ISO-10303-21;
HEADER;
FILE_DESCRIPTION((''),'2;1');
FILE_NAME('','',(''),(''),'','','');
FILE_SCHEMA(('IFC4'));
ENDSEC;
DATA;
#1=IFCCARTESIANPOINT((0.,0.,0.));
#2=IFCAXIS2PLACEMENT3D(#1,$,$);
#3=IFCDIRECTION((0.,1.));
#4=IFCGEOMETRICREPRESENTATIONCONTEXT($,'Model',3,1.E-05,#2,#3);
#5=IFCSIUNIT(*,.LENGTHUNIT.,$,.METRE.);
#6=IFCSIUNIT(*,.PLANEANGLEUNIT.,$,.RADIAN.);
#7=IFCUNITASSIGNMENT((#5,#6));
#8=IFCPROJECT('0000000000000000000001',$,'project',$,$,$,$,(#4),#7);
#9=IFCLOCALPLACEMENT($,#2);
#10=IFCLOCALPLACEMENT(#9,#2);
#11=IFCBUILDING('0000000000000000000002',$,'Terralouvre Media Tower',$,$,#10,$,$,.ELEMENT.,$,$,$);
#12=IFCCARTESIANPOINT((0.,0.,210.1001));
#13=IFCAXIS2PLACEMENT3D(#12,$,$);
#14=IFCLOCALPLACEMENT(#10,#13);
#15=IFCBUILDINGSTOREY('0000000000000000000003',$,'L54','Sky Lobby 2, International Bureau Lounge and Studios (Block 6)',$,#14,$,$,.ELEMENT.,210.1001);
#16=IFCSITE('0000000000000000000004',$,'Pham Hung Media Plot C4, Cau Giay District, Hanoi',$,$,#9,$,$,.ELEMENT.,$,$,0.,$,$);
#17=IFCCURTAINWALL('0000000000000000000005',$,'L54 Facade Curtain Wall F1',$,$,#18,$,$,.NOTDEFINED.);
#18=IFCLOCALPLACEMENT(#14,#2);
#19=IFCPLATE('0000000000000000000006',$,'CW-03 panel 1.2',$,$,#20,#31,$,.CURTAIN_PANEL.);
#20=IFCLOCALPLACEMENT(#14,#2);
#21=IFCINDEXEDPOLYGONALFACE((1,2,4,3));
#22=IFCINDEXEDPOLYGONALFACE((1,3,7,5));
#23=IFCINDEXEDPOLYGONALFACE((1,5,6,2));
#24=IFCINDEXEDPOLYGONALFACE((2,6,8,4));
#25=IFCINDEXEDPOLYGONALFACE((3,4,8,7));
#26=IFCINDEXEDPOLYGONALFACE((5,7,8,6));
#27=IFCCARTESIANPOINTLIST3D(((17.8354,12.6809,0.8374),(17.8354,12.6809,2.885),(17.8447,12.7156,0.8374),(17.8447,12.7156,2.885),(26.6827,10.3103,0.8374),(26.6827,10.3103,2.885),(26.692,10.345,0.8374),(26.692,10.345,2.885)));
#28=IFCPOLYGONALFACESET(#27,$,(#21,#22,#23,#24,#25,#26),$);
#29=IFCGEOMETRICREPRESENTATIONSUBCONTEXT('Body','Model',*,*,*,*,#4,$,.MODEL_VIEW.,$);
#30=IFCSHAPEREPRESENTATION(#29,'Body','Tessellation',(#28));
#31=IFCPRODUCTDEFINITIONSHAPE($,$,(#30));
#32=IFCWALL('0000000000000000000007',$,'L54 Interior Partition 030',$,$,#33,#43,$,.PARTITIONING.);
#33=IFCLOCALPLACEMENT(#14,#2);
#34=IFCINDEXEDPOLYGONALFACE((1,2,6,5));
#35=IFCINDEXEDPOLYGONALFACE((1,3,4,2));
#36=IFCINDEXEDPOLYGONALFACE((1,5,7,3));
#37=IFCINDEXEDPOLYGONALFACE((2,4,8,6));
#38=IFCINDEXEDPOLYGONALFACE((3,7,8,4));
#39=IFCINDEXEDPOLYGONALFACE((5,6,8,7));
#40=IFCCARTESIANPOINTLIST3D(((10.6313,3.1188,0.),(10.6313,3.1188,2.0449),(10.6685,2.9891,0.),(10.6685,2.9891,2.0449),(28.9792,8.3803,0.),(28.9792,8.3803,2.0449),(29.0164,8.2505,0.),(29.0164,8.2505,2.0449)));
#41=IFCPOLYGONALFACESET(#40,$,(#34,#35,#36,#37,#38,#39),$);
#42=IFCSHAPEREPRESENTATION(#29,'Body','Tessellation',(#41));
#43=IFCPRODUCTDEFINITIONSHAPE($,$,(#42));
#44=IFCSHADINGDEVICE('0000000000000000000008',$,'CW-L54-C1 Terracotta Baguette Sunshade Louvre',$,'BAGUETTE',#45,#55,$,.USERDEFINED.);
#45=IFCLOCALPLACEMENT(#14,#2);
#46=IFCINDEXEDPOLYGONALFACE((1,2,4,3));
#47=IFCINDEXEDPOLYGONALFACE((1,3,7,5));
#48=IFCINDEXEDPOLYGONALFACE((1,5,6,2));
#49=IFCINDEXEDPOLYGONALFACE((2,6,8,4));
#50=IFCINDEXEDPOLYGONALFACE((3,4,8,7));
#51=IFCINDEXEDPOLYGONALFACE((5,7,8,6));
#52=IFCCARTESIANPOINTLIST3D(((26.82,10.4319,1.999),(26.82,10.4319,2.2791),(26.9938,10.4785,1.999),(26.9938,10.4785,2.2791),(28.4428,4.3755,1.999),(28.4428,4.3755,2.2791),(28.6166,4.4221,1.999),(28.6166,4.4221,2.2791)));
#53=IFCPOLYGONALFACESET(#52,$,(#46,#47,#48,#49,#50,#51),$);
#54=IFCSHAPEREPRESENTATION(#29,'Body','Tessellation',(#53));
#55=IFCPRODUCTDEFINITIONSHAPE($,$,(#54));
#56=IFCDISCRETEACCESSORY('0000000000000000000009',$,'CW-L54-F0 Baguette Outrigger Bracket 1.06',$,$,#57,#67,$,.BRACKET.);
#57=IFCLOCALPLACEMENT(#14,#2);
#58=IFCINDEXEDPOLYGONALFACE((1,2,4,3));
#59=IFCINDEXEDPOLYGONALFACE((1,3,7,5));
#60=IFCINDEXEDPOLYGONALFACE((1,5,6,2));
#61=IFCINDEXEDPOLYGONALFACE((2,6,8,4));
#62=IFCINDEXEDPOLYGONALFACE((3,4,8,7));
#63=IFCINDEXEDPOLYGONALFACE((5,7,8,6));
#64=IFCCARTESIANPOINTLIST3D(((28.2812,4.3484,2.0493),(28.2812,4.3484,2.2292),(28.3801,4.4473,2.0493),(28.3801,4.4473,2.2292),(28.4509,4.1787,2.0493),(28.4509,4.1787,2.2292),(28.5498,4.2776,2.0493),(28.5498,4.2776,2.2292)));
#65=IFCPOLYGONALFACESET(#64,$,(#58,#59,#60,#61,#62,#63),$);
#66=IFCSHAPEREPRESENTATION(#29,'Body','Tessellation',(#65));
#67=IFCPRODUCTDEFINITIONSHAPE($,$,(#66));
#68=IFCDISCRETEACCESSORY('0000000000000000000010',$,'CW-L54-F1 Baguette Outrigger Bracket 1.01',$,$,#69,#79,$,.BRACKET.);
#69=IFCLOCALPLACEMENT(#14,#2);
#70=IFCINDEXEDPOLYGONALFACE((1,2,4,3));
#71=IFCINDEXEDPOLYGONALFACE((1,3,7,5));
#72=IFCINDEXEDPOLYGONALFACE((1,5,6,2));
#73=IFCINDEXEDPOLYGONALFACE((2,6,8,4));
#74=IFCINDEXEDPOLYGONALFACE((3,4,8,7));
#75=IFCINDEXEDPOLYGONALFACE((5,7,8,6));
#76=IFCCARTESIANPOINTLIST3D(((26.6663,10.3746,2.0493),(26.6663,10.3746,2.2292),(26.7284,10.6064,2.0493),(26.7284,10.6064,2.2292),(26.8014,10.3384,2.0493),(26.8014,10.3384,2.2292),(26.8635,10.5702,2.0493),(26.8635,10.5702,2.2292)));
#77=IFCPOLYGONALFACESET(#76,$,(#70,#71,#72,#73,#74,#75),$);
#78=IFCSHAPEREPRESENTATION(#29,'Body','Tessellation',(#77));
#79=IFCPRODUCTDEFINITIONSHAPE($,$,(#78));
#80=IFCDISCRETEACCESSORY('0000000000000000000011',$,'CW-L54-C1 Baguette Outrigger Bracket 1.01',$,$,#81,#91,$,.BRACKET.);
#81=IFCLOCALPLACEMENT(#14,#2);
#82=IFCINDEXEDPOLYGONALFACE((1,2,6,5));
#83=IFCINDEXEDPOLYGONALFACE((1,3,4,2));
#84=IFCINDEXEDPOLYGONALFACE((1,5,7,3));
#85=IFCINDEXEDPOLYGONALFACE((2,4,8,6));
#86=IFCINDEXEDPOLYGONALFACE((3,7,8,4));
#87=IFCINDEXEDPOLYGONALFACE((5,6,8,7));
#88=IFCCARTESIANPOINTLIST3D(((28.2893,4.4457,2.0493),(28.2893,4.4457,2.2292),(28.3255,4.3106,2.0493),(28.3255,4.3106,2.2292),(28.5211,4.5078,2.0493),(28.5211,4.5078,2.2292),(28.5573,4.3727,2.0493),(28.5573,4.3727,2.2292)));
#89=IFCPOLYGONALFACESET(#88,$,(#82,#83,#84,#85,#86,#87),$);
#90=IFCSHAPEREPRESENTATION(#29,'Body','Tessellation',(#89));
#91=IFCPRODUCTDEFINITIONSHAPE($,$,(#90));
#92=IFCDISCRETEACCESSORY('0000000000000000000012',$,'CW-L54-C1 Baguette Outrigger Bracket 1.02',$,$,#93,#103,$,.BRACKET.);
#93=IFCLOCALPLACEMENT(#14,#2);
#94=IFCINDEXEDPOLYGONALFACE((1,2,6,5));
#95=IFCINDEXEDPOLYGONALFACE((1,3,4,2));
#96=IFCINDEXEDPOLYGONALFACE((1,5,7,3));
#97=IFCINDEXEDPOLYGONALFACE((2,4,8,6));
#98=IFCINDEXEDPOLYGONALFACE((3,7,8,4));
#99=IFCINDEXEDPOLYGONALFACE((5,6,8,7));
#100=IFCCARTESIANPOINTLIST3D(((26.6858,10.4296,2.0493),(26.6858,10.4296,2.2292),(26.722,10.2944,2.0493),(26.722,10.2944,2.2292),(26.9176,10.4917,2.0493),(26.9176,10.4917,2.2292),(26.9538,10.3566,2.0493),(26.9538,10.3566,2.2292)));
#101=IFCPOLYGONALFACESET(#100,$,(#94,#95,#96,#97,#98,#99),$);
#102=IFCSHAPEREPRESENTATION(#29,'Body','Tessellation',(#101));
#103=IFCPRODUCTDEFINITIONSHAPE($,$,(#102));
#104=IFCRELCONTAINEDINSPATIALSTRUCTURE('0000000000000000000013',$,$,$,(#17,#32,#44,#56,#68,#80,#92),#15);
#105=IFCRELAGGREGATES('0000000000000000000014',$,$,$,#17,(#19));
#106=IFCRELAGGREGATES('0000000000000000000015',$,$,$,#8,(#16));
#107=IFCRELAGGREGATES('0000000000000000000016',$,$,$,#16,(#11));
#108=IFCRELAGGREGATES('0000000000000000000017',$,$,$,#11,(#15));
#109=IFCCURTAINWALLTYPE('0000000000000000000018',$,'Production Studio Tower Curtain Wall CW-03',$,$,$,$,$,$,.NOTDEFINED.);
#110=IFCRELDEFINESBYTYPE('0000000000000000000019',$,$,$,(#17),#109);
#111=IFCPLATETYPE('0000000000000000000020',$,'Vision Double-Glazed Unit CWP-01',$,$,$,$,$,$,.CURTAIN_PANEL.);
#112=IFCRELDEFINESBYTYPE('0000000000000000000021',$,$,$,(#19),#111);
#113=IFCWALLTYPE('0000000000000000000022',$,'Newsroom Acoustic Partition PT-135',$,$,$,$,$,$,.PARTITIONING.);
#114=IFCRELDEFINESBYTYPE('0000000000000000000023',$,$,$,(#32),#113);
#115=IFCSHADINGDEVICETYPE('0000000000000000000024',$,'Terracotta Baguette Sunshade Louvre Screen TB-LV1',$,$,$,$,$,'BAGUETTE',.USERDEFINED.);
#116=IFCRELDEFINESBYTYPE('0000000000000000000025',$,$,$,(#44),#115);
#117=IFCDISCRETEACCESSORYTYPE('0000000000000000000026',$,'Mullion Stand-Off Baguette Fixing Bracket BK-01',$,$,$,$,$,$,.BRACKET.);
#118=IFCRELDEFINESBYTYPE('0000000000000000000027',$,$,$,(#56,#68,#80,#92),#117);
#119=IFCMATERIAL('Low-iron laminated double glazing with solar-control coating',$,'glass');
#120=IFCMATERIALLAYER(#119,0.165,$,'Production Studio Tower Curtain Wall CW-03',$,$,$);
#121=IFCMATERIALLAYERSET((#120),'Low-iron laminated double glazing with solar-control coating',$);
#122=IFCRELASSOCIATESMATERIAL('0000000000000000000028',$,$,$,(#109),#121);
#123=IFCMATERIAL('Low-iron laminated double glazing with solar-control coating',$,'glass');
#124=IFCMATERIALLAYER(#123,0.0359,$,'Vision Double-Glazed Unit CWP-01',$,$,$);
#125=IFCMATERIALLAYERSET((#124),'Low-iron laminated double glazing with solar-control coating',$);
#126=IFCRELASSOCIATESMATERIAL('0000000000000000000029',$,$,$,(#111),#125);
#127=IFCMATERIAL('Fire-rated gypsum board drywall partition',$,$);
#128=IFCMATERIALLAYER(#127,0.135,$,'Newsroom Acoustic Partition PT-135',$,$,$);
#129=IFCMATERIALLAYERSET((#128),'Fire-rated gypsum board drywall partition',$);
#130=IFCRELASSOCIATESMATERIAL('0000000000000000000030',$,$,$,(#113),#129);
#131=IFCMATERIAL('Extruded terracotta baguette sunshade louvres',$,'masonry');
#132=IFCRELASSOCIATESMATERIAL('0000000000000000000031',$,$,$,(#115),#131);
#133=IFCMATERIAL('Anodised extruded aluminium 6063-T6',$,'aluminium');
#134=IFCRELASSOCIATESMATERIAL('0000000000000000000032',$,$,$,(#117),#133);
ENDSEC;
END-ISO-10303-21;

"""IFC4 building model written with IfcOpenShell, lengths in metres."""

from ifc_helpers import new_model, si_unit, direction, frame, frame_2d, origin, origin_2d, place, context, subcontext, project, spatial, rectangle, extrude, material, layer, layer_set, type_object, element, aggregate, save


model = new_model("IFC4")

# Units and contexts
model_context = context("Model", 3, precision=1e-05, world=origin(), true_north=direction((0.0, 1.0)))
body_context = subcontext(model_context, "Body", "Model", "MODEL_VIEW")
ifc_project = project(units=[si_unit("LENGTHUNIT", "METRE"), si_unit("PLANEANGLEUNIT", "RADIAN")], contexts=[model_context])

# Site, building, storey
site_placement = place(None, origin())
site = spatial("IfcSite", under=ifc_project, at=site_placement, Name="Pham Hung Media Plot C4, Cau Giay District, Hanoi", CompositionType="ELEMENT", RefElevation=0.0)
building_placement = place(site_placement, origin())
building = spatial("IfcBuilding", under=site, at=building_placement, Name="Terralouvre Media Tower", CompositionType="ELEMENT")
storey_placement = place(building_placement, frame((0.0, 0.0, 210.1001)))
storey = spatial("IfcBuildingStorey", under=building, at=storey_placement, Name="L54", Description="Sky Lobby 2, International Bureau Lounge and Studios (Block 6)", CompositionType="ELEMENT", Elevation=210.1001)

# Curtain wall
ifc_material_1 = material(Name="Low-iron laminated double glazing with solar-control coating", Category="glass")
ifc_layer_1 = layer(ifc_material_1, 0.165, Name="Production Studio Tower Curtain Wall CW-03")
ifc_layer_set_1 = layer_set([ifc_layer_1], Name="Low-iron laminated double glazing with solar-control coating")
curtain_wall_type_1 = type_object("IfcCurtainWallType", Name="Production Studio Tower Curtain Wall CW-03", PredefinedType="NOTDEFINED", material=ifc_layer_set_1)
curtain_wall_1_placement = place(storey_placement, origin())
curtain_wall_1 = element("IfcCurtainWall", 1, at=curtain_wall_1_placement, inside=storey, type_object=curtain_wall_type_1, Name="L54 Facade Curtain Wall F1", PredefinedType="NOTDEFINED")

# Plate
ifc_material_2 = material(Name="Low-iron laminated double glazing with solar-control coating", Category="glass")
ifc_layer_2 = layer(ifc_material_2, 0.0359, Name="Vision Double-Glazed Unit CWP-01")
ifc_layer_set_2 = layer_set([ifc_layer_2], Name="Low-iron laminated double glazing with solar-control coating")
plate_type_1 = type_object("IfcPlateType", Name="Vision Double-Glazed Unit CWP-01", PredefinedType="CURTAIN_PANEL", material=ifc_layer_set_2)
plate_1_placement = place(storey_placement, frame((22.2637, 11.5129, 0.8374), z_axis=(0.0, 0.0, 1.0), x_axis=(-0.965926, 0.258819, 0.0)))
plate_1 = element("IfcPlate", 2, at=plate_1_placement, type_object=plate_type_1, Name="CW-03 panel 1.2", PredefinedType="CURTAIN_PANEL", context=body_context, shape_type="SweptSolid", body=[
    extrude(rectangle(XDim=9.1594, YDim=0.0359, at=origin_2d()), origin(), (0.0, 0.0, 1.0), 2.0476),
])
aggregate(curtain_wall_1, [plate_1])

# Wall
ifc_material_3 = material(Name="Fire-rated gypsum board drywall partition")
ifc_layer_3 = layer(ifc_material_3, 0.135, Name="Newsroom Acoustic Partition PT-135")
ifc_layer_set_3 = layer_set([ifc_layer_3], Name="Fire-rated gypsum board drywall partition")
wall_type = type_object("IfcWallType", Name="Newsroom Acoustic Partition PT-135", PredefinedType="PARTITIONING", material=ifc_layer_set_3)
wall_placement = place(storey_placement, frame((28.9978, 8.3154, 0.0), z_axis=(0.0, 0.0, 1.0), x_axis=(-0.961258, -0.275652, 0.0)))
element("IfcWall", 3, at=wall_placement, inside=storey, type_object=wall_type, Name="L54 Interior Partition 030", PredefinedType="PARTITIONING", context=body_context, shape_type="SweptSolid", body=[
    extrude(rectangle(XDim=19.0874, YDim=0.135, at=frame_2d((9.5437, 0.0))), origin(), (0.0, 0.0, 1.0), 2.0449),
])

# Shading device
ifc_material_4 = material(Name="Extruded terracotta baguette sunshade louvres", Category="masonry")
shading_device_type = type_object("IfcShadingDeviceType", Name="Terracotta Baguette Sunshade Louvre Screen TB-LV1", ElementType="BAGUETTE", PredefinedType="USERDEFINED", material=ifc_material_4)
shading_device_placement = place(storey_placement, frame((27.7183, 7.427, 1.999), z_axis=(0.0, 0.0, 1.0), x_axis=(-0.258819, 0.965926, 0.0)))
element("IfcShadingDevice", 4, at=shading_device_placement, inside=storey, type_object=shading_device_type, Name="CW-L54-C1 Terracotta Baguette Sunshade Louvre", ObjectType="BAGUETTE", PredefinedType="USERDEFINED", context=body_context, shape_type="SweptSolid", body=[
    extrude(rectangle(XDim=6.27, YDim=0.1799, at=origin_2d()), origin(), (0.0, 0.0, 1.0), 0.28),
])

# Discrete accessories
ifc_material_5 = material(Name="Anodised extruded aluminium 6063-T6", Category="aluminium")
discrete_accessory_type = type_object("IfcDiscreteAccessoryType", Name="Mullion Stand-Off Baguette Fixing Bracket BK-01", PredefinedType="BRACKET", material=ifc_material_5)
for number, where, z_axis, x_axis, name in (
    (5, (28.4155, 4.313, 2.0493), (0.0, 0.0, 1.0), (0.707107, 0.707107, 0.0), "CW-L54-F0 Baguette Outrigger Bracket 1.06"),
    (6, (26.7649, 10.4724, 2.0493), (0.0, 0.0, 1.0), (-0.965926, 0.258819, 0.0), "CW-L54-F1 Baguette Outrigger Bracket 1.01"),
    (7, (28.4233, 4.4092, 2.0493), (0.0, 0.0, 1.0), (-0.258819, 0.965926, 0.0), "CW-L54-C1 Baguette Outrigger Bracket 1.01"),
    (8, (26.8198, 10.3931, 2.0493), (0.0, 0.0, 1.0), (-0.258819, 0.965926, 0.0), "CW-L54-C1 Baguette Outrigger Bracket 1.02"),
):
    element("IfcDiscreteAccessory", number, at=place(storey_placement, frame(where, z_axis=z_axis, x_axis=x_axis)), inside=storey, type_object=discrete_accessory_type, Name=name, PredefinedType="BRACKET", context=body_context, shape_type="SweptSolid", body=[
        extrude(rectangle(XDim=0.1399, YDim=0.24, at=origin_2d()), origin(), (0.0, 0.0, 1.0), 0.1799),
    ])

save(model, "model.ifc")
